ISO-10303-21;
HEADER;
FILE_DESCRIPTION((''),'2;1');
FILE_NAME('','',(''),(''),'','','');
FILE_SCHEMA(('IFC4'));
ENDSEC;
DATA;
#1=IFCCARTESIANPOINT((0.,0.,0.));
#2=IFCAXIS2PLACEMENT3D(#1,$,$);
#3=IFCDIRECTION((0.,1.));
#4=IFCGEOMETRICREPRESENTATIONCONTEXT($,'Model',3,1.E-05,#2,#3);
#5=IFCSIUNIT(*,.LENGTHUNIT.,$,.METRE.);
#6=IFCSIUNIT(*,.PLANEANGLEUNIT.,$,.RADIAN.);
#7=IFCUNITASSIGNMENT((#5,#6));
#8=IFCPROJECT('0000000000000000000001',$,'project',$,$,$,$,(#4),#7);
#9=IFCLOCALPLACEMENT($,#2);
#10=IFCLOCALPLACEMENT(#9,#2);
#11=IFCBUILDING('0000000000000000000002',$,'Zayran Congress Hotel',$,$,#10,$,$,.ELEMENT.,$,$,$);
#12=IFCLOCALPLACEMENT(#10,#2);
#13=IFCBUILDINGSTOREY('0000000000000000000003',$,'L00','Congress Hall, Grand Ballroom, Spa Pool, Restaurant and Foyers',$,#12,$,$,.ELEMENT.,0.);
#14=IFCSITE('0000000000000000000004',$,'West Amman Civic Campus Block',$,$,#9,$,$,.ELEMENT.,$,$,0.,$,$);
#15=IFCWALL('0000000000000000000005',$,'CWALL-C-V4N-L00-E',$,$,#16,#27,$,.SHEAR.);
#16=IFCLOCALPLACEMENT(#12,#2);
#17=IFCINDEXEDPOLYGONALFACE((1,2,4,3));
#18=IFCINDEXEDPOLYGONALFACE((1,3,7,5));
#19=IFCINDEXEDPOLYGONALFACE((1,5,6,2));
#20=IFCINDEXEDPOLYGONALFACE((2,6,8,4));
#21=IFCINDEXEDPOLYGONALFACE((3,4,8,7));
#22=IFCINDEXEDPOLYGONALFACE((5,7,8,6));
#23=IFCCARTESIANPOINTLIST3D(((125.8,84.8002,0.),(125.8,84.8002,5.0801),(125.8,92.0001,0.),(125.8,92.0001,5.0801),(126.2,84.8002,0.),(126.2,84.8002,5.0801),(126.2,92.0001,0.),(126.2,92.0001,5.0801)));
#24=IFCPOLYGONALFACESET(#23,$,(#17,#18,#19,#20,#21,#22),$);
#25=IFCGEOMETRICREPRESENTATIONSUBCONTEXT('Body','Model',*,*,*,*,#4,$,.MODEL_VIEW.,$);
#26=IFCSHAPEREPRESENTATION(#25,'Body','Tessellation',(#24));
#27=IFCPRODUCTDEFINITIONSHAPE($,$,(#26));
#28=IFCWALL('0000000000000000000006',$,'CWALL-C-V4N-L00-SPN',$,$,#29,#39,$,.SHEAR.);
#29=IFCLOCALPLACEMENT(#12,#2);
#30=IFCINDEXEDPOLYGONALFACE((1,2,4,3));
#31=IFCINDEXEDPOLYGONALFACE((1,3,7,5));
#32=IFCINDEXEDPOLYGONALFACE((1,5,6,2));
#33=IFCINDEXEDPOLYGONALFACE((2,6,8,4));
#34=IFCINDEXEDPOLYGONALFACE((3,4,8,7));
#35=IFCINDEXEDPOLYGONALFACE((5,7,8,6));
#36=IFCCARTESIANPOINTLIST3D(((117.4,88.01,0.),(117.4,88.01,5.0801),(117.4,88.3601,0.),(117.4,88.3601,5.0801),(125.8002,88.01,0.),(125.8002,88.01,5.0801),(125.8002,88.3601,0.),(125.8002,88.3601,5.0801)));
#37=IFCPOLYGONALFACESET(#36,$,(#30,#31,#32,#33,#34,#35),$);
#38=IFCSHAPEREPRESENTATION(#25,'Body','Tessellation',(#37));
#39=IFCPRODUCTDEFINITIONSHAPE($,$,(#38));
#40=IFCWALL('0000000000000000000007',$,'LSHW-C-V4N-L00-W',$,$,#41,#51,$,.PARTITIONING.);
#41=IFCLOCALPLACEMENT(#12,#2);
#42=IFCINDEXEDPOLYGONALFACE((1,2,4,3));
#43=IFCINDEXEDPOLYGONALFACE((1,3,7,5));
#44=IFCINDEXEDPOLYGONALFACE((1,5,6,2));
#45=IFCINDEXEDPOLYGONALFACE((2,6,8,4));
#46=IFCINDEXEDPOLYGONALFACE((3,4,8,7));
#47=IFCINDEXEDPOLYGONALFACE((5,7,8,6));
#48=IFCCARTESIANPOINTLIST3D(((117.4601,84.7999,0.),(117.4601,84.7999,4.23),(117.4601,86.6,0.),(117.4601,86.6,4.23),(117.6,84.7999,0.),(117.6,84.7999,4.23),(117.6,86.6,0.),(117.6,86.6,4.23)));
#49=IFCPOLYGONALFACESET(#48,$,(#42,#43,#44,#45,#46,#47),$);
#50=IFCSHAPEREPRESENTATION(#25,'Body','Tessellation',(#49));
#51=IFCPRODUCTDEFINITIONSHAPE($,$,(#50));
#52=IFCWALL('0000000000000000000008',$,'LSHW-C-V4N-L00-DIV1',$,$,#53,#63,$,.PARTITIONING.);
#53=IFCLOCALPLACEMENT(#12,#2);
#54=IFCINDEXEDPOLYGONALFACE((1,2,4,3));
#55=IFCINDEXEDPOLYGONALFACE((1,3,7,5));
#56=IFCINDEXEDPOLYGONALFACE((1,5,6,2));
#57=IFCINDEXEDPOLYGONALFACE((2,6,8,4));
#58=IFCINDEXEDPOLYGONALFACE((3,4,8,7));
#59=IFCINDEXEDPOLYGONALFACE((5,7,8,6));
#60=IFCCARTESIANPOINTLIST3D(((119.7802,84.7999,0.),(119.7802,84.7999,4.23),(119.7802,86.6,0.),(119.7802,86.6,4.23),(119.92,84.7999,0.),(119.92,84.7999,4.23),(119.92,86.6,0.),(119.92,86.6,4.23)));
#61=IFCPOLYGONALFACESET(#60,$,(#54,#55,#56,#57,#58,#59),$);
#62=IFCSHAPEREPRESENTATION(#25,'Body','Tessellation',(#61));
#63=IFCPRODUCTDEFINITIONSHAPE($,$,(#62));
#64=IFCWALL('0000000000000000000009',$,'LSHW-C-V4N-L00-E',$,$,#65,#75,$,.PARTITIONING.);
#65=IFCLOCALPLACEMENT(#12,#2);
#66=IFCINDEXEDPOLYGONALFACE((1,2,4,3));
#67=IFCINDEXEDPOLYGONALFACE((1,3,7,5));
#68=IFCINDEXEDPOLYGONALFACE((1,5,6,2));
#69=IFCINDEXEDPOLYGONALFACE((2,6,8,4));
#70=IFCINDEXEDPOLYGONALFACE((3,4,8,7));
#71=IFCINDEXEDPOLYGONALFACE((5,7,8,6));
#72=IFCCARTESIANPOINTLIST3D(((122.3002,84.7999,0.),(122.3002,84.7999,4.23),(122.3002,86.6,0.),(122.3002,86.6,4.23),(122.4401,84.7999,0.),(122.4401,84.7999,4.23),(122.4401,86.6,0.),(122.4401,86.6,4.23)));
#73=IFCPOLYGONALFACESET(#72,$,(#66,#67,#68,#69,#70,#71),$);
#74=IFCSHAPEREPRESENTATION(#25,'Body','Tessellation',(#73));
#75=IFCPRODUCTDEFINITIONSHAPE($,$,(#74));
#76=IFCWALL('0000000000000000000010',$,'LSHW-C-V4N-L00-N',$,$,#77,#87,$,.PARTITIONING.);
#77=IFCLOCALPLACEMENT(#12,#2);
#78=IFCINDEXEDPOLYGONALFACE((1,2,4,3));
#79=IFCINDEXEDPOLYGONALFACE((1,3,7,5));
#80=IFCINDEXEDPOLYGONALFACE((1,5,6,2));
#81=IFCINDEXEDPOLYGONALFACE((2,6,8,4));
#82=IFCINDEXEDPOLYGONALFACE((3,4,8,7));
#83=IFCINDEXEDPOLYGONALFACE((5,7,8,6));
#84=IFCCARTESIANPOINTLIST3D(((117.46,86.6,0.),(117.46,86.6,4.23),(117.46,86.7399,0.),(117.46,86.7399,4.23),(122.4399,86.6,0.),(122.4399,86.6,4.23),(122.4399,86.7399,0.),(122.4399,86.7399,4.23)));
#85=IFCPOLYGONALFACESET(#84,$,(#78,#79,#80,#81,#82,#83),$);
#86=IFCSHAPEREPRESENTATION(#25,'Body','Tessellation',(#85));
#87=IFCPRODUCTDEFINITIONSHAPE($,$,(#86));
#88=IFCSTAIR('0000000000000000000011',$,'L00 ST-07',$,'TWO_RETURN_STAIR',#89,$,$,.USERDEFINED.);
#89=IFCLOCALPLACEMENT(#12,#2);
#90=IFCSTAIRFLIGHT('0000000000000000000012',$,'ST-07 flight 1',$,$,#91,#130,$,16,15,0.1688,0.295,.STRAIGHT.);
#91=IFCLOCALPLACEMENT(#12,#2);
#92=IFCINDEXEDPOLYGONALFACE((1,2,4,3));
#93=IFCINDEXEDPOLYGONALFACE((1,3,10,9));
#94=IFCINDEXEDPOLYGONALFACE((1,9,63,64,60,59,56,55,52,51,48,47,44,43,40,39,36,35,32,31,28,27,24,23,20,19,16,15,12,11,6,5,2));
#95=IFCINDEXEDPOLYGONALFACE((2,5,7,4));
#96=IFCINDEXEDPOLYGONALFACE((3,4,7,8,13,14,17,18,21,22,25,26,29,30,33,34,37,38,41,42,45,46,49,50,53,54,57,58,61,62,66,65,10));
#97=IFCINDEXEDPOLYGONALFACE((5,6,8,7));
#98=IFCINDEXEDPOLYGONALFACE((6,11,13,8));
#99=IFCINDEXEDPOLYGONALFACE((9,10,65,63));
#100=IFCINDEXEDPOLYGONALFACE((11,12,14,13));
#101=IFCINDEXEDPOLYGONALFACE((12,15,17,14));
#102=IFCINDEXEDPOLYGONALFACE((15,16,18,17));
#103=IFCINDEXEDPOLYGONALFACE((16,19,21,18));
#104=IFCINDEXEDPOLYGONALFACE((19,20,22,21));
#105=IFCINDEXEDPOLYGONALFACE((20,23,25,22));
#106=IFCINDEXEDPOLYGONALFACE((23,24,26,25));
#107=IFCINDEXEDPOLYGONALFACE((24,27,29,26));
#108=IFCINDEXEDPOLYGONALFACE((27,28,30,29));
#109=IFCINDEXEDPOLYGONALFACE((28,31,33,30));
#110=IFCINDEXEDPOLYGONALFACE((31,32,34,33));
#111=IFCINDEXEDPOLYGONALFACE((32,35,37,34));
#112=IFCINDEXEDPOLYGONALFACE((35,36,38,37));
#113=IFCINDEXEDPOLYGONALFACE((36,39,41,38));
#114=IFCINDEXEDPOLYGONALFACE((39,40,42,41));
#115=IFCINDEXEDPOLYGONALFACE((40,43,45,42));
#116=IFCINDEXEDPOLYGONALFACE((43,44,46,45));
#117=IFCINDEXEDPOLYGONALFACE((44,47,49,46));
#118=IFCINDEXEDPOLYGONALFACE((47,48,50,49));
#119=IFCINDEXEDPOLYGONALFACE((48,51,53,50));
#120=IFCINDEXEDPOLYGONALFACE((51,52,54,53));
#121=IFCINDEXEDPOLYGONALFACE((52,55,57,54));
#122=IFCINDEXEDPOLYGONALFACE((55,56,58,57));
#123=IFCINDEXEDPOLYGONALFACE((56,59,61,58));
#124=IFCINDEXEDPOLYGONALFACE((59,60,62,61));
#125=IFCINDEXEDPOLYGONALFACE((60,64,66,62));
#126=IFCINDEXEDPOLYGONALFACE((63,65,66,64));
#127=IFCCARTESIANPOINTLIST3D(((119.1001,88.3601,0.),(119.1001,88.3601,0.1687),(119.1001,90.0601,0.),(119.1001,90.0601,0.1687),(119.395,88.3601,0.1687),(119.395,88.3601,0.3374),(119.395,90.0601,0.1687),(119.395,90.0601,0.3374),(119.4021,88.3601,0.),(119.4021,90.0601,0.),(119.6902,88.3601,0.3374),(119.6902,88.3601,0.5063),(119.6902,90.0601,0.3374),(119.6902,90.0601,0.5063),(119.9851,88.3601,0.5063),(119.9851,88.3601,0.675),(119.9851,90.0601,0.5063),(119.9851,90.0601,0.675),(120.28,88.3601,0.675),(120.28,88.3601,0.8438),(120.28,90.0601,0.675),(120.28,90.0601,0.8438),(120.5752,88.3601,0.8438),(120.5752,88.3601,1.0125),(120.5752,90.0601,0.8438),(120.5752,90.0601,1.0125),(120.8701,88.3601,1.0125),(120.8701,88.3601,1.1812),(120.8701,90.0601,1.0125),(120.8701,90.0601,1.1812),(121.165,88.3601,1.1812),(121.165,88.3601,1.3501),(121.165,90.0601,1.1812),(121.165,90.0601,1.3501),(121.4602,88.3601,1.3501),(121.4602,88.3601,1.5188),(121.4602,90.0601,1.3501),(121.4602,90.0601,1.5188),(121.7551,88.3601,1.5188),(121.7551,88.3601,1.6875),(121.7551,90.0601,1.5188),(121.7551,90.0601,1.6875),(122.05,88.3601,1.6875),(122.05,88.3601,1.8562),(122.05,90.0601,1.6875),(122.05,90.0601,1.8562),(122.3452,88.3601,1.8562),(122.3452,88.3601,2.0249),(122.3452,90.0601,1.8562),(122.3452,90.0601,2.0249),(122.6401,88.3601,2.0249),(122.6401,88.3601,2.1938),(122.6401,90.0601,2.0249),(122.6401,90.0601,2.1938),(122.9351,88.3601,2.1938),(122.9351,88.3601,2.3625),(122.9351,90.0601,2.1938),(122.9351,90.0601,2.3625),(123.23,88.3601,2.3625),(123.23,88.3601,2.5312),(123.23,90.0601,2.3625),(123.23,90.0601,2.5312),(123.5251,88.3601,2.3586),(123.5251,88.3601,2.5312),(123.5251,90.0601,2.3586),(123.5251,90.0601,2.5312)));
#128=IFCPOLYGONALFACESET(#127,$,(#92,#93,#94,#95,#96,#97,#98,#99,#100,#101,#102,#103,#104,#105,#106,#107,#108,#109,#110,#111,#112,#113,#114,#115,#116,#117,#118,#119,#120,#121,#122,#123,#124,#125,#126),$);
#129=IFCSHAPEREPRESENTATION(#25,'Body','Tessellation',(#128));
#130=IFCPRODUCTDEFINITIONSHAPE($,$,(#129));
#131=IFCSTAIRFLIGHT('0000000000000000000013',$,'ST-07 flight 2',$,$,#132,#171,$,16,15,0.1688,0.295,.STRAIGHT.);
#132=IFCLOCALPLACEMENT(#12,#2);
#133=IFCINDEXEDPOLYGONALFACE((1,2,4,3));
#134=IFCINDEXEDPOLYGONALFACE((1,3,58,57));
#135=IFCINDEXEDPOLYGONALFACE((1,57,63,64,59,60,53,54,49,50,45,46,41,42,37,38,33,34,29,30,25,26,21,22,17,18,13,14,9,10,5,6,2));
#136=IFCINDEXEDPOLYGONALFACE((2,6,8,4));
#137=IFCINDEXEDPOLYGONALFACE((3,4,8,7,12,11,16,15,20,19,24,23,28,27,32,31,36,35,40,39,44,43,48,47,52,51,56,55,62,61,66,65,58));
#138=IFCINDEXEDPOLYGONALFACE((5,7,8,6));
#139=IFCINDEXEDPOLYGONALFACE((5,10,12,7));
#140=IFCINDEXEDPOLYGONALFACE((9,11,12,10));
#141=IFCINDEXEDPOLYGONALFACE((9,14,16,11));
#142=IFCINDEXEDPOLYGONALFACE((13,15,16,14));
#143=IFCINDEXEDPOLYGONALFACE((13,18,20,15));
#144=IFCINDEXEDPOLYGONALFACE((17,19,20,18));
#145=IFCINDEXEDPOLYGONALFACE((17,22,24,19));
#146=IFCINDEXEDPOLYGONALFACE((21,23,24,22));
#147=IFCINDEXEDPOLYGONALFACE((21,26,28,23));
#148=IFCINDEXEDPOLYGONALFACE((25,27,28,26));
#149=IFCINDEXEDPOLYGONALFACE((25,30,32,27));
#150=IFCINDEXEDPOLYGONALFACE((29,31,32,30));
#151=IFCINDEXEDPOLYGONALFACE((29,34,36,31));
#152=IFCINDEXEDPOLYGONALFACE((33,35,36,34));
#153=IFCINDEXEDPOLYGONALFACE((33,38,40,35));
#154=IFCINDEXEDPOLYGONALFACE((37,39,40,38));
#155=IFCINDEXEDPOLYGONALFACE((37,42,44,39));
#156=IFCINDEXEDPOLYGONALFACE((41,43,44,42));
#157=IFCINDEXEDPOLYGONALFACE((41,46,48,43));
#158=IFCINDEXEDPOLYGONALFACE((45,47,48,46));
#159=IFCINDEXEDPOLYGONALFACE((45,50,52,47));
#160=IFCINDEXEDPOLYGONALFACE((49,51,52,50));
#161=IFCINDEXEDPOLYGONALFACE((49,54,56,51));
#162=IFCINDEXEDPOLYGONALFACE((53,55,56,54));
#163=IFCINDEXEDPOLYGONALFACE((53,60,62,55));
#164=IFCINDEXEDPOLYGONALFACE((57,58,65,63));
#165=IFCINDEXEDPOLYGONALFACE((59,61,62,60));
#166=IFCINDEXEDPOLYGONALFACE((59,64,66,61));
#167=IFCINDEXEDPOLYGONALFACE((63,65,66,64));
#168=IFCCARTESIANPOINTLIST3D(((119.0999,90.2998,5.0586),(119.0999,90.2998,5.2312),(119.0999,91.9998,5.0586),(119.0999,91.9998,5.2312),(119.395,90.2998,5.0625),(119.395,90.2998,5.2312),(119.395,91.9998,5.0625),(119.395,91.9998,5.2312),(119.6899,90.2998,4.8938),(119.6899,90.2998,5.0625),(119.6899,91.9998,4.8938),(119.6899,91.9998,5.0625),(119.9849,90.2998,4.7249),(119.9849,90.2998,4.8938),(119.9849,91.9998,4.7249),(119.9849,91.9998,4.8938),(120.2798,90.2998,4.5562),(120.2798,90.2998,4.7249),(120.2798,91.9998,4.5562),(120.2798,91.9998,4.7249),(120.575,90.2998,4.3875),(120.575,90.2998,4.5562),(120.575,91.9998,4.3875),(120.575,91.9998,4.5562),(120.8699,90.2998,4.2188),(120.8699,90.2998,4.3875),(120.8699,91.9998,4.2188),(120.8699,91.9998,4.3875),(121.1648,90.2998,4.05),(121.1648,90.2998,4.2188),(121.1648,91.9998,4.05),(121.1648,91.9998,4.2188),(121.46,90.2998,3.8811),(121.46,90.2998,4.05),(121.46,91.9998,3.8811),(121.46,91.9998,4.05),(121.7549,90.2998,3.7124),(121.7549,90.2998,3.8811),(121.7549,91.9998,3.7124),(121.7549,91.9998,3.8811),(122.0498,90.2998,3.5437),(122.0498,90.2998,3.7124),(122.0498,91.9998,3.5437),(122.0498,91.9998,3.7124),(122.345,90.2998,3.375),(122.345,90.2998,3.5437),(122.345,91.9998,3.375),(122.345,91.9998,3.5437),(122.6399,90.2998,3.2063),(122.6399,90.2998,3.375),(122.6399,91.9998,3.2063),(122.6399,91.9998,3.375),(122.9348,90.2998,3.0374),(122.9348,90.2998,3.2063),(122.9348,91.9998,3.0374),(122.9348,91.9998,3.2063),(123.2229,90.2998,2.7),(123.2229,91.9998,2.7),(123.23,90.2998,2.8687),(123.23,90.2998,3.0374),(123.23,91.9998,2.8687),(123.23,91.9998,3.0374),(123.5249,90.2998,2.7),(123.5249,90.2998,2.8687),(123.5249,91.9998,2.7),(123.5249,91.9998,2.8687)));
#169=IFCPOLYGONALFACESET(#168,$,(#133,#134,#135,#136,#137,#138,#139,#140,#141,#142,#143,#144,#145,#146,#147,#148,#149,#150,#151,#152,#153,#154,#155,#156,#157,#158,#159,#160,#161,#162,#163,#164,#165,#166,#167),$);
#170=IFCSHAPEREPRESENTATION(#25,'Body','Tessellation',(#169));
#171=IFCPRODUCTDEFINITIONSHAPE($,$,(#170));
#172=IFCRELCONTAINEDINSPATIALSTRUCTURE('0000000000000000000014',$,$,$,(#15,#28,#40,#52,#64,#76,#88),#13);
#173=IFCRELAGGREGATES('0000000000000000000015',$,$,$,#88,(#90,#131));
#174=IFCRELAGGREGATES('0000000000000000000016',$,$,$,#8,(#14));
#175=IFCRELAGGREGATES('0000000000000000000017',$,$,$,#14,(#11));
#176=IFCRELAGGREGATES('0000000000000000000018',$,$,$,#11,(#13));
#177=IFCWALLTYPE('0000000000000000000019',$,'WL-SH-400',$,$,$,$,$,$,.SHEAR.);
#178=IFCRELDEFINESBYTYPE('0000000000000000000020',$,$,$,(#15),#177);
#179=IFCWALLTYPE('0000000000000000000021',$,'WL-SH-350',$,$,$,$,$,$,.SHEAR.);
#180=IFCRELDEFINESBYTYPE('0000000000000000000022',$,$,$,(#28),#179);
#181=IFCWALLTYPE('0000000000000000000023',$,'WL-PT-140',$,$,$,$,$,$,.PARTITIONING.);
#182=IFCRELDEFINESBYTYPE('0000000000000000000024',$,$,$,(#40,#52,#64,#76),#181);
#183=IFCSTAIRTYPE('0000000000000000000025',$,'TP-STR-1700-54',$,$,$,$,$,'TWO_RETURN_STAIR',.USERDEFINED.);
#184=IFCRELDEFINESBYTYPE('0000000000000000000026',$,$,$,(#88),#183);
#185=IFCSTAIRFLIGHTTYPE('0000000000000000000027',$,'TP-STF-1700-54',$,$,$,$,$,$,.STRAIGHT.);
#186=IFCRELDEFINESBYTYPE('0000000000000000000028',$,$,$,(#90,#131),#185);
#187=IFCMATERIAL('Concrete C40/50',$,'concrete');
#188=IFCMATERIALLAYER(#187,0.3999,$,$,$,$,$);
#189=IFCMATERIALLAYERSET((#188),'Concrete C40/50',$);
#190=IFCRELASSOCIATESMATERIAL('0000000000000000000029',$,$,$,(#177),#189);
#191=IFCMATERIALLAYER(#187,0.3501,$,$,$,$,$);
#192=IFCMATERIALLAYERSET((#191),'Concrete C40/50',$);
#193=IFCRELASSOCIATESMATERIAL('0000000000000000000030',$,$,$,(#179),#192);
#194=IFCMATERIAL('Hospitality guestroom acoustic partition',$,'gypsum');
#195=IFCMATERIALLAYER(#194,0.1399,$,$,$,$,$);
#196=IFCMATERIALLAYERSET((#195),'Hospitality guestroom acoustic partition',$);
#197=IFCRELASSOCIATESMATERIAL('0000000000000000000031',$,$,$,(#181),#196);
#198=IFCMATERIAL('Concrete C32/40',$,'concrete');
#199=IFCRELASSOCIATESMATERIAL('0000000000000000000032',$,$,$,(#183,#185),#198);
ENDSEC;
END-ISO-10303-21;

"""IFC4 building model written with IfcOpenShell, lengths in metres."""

from ifc_helpers import new_model, si_unit, direction, frame, frame_2d, origin, place, context, subcontext, project, spatial, polyline, rectangle, outline, extrude, material, layer, layer_set, type_object, element, aggregate, save


model = new_model("IFC4")

# Units and contexts
model_context = context("Model", 3, precision=1e-05, world=origin(), true_north=direction((0.0, 1.0)))
body_context = subcontext(model_context, "Body", "Model", "MODEL_VIEW")
ifc_project = project(units=[si_unit("LENGTHUNIT", "METRE"), si_unit("PLANEANGLEUNIT", "RADIAN")], contexts=[model_context])

# Site, building, storey
site_placement = place(None, origin())
site = spatial("IfcSite", under=ifc_project, at=site_placement, Name="West Amman Civic Campus Block", CompositionType="ELEMENT", RefElevation=0.0)
building_placement = place(site_placement, origin())
building = spatial("IfcBuilding", under=site, at=building_placement, Name="Zayran Congress Hotel", CompositionType="ELEMENT")
storey_placement = place(building_placement, origin())
storey = spatial("IfcBuildingStorey", under=building, at=storey_placement, Name="L00", Description="Congress Hall, Grand Ballroom, Spa Pool, Restaurant and Foyers", CompositionType="ELEMENT", Elevation=0.0)

# Shared definitions
ifc_material_1 = material(Name="Concrete C40/50", Category="concrete")

# Shared definitions
ifc_layer_1 = layer(ifc_material_1, 0.3999)
ifc_layer_set_1 = layer_set([ifc_layer_1], Name="Concrete C40/50")
wall_type_1 = type_object("IfcWallType", Name="WL-SH-400", PredefinedType="SHEAR", material=ifc_layer_set_1)

# Walls
wall_1_placement = place(storey_placement, frame((126.0, 84.8, 0.0), z_axis=(0.0, 0.0, 1.0), x_axis=(0.0, 1.0, 0.0)))
element("IfcWall", 1, at=wall_1_placement, inside=storey, type_object=wall_type_1, Name="CWALL-C-V4N-L00-E", PredefinedType="SHEAR", context=body_context, shape_type="SweptSolid", body=[
    extrude(rectangle(XDim=7.2, YDim=0.3999, at=frame_2d((3.6001, 0.0))), origin(), (0.0, 0.0, 1.0), 5.0801),
])
ifc_layer_2 = layer(ifc_material_1, 0.3501)
ifc_layer_set_2 = layer_set([ifc_layer_2], Name="Concrete C40/50")
wall_type_2 = type_object("IfcWallType", Name="WL-SH-350", PredefinedType="SHEAR", material=ifc_layer_set_2)
wall_2_placement = place(storey_placement, frame((117.3999, 88.1851, 0.0), z_axis=(0.0, 0.0, 1.0), x_axis=(1.0, 0.0, 0.0)))
element("IfcWall", 2, at=wall_2_placement, inside=storey, type_object=wall_type_2, Name="CWALL-C-V4N-L00-SPN", PredefinedType="SHEAR", context=body_context, shape_type="SweptSolid", body=[
    extrude(rectangle(XDim=8.4001, YDim=0.3501, at=frame_2d((4.2002, 0.0))), origin(), (0.0, 0.0, 1.0), 5.0801),
])
ifc_material_2 = material(Name="Hospitality guestroom acoustic partition", Category="gypsum")
ifc_layer_3 = layer(ifc_material_2, 0.1399)
ifc_layer_set_3 = layer_set([ifc_layer_3], Name="Hospitality guestroom acoustic partition")
wall_type_3 = type_object("IfcWallType", Name="WL-PT-140", PredefinedType="PARTITIONING", material=ifc_layer_set_3)
for number, where, z_axis, x_axis, name in (
    (3, (117.53, 84.8, 0.0), (0.0, 0.0, 1.0), (0.0, 1.0, 0.0), "LSHW-C-V4N-L00-W"),
    (4, (119.8501, 84.8, 0.0), (0.0, 0.0, 1.0), (0.0, 1.0, 0.0), "LSHW-C-V4N-L00-DIV1"),
    (5, (122.3701, 84.8, 0.0), (0.0, 0.0, 1.0), (0.0, 1.0, 0.0), "LSHW-C-V4N-L00-E"),
):
    element("IfcWall", number, at=place(storey_placement, frame(where, z_axis=z_axis, x_axis=x_axis)), inside=storey, type_object=wall_type_3, Name=name, PredefinedType="PARTITIONING", context=body_context, shape_type="SweptSolid", body=[
        extrude(rectangle(XDim=1.8, YDim=0.1399, at=frame_2d((0.8999, 0.0))), origin(), (0.0, 0.0, 1.0), 4.23),
    ])
wall_3_placement = place(storey_placement, frame((117.46, 86.6699, 0.0), z_axis=(0.0, 0.0, 1.0), x_axis=(1.0, 0.0, 0.0)))
element("IfcWall", 6, at=wall_3_placement, inside=storey, type_object=wall_type_3, Name="LSHW-C-V4N-L00-N", PredefinedType="PARTITIONING", context=body_context, shape_type="SweptSolid", body=[
    extrude(rectangle(XDim=4.98, YDim=0.1399, at=frame_2d((2.49, 0.0))), origin(), (0.0, 0.0, 1.0), 4.23),
])

# Stair, stair flights
ifc_material_3 = material(Name="Concrete C32/40", Category="concrete")
stair_type = type_object("IfcStairType", Name="TP-STR-1700-54", ElementType="TWO_RETURN_STAIR", PredefinedType="USERDEFINED", material=ifc_material_3)
stair_placement = place(storey_placement, origin())
stair = element("IfcStair", 7, at=stair_placement, inside=storey, type_object=stair_type, Name="L00 ST-07", ObjectType="TWO_RETURN_STAIR", PredefinedType="USERDEFINED")
stair_flight_type = type_object("IfcStairFlightType", Name="TP-STF-1700-54", PredefinedType="STRAIGHT", material=ifc_material_3)
stair_flight_1_placement = place(storey_placement, frame((119.1001, 89.21, 0.0), z_axis=(0.0, 0.0, 1.0), x_axis=(1.0, 0.0, 0.0)))
stair_flight_1 = element("IfcStairFlight", 8, at=stair_flight_1_placement, type_object=stair_flight_type, Name="ST-07 flight 1", NumberOfRisers=16, NumberOfTreads=15, PredefinedType="STRAIGHT", RiserHeight=0.1688, TreadLength=0.295, context=body_context, shape_type="SweptSolid", body=[
    extrude(outline(polyline([(0.0, 0.0), (0.0, 0.1687), (0.2949, 0.1687), (0.2949, 0.3374), (0.5901, 0.3374), (0.5901, 0.5063), (0.885, 0.5063), (0.885, 0.675), (1.1799, 0.675), (1.1799, 0.8438), (1.4751, 0.8438), (1.4751, 1.0125), (1.77, 1.0125), (1.77, 1.1812), (2.0649, 1.1812), (2.0649, 1.3501), (2.3601, 1.3501), (2.3601, 1.5188), (2.655, 1.5188), (2.655, 1.6875), (2.95, 1.6875), (2.95, 1.8562), (3.2451, 1.8562), (3.2451, 2.0249), (3.54, 2.0249), (3.54, 2.1938), (3.835, 2.1938), (3.835, 2.3625), (4.1299, 2.3625), (4.1299, 2.5312), (4.425, 2.5312), (4.425, 2.7), (4.425, 2.3586), (0.302, 0.0), (0.0, 0.0)])), frame((0.0, 0.8501, 0.0), z_axis=(0.0, -1.0, 0.0), x_axis=(1.0, 0.0, 0.0)), (0.0, 0.0, 1.0), 1.7),
])
stair_flight_2_placement = place(storey_placement, frame((123.5249, 91.1499, 2.7), z_axis=(0.0, 0.0, 1.0), x_axis=(-1.0, 0.0, 0.0)))
stair_flight_2 = element("IfcStairFlight", 9, at=stair_flight_2_placement, type_object=stair_flight_type, Name="ST-07 flight 2", NumberOfRisers=16, NumberOfTreads=15, PredefinedType="STRAIGHT", RiserHeight=0.1688, TreadLength=0.295, context=body_context, shape_type="SweptSolid", body=[
    extrude(outline(polyline([(0.0, 0.0), (0.0, 0.1687), (0.2949, 0.1687), (0.2949, 0.3374), (0.5901, 0.3374), (0.5901, 0.5063), (0.885, 0.5063), (0.885, 0.675), (1.1799, 0.675), (1.1799, 0.8438), (1.4751, 0.8438), (1.4751, 1.0125), (1.77, 1.0125), (1.77, 1.1812), (2.0649, 1.1812), (2.0649, 1.3501), (2.3601, 1.3501), (2.3601, 1.5188), (2.655, 1.5188), (2.655, 1.6875), (2.95, 1.6875), (2.95, 1.8562), (3.2451, 1.8562), (3.2451, 2.0249), (3.54, 2.0249), (3.54, 2.1938), (3.835, 2.1938), (3.835, 2.3625), (4.1299, 2.3625), (4.1299, 2.5312), (4.425, 2.5312), (4.425, 2.7), (4.425, 2.3586), (0.302, 0.0), (0.0, 0.0)])), frame((0.0, 0.8501, 0.0), z_axis=(0.0, -1.0, 0.0), x_axis=(1.0, 0.0, 0.0)), (0.0, 0.0, 1.0), 1.7),
])
aggregate(stair, [stair_flight_1, stair_flight_2])

save(model, "model.ifc")
